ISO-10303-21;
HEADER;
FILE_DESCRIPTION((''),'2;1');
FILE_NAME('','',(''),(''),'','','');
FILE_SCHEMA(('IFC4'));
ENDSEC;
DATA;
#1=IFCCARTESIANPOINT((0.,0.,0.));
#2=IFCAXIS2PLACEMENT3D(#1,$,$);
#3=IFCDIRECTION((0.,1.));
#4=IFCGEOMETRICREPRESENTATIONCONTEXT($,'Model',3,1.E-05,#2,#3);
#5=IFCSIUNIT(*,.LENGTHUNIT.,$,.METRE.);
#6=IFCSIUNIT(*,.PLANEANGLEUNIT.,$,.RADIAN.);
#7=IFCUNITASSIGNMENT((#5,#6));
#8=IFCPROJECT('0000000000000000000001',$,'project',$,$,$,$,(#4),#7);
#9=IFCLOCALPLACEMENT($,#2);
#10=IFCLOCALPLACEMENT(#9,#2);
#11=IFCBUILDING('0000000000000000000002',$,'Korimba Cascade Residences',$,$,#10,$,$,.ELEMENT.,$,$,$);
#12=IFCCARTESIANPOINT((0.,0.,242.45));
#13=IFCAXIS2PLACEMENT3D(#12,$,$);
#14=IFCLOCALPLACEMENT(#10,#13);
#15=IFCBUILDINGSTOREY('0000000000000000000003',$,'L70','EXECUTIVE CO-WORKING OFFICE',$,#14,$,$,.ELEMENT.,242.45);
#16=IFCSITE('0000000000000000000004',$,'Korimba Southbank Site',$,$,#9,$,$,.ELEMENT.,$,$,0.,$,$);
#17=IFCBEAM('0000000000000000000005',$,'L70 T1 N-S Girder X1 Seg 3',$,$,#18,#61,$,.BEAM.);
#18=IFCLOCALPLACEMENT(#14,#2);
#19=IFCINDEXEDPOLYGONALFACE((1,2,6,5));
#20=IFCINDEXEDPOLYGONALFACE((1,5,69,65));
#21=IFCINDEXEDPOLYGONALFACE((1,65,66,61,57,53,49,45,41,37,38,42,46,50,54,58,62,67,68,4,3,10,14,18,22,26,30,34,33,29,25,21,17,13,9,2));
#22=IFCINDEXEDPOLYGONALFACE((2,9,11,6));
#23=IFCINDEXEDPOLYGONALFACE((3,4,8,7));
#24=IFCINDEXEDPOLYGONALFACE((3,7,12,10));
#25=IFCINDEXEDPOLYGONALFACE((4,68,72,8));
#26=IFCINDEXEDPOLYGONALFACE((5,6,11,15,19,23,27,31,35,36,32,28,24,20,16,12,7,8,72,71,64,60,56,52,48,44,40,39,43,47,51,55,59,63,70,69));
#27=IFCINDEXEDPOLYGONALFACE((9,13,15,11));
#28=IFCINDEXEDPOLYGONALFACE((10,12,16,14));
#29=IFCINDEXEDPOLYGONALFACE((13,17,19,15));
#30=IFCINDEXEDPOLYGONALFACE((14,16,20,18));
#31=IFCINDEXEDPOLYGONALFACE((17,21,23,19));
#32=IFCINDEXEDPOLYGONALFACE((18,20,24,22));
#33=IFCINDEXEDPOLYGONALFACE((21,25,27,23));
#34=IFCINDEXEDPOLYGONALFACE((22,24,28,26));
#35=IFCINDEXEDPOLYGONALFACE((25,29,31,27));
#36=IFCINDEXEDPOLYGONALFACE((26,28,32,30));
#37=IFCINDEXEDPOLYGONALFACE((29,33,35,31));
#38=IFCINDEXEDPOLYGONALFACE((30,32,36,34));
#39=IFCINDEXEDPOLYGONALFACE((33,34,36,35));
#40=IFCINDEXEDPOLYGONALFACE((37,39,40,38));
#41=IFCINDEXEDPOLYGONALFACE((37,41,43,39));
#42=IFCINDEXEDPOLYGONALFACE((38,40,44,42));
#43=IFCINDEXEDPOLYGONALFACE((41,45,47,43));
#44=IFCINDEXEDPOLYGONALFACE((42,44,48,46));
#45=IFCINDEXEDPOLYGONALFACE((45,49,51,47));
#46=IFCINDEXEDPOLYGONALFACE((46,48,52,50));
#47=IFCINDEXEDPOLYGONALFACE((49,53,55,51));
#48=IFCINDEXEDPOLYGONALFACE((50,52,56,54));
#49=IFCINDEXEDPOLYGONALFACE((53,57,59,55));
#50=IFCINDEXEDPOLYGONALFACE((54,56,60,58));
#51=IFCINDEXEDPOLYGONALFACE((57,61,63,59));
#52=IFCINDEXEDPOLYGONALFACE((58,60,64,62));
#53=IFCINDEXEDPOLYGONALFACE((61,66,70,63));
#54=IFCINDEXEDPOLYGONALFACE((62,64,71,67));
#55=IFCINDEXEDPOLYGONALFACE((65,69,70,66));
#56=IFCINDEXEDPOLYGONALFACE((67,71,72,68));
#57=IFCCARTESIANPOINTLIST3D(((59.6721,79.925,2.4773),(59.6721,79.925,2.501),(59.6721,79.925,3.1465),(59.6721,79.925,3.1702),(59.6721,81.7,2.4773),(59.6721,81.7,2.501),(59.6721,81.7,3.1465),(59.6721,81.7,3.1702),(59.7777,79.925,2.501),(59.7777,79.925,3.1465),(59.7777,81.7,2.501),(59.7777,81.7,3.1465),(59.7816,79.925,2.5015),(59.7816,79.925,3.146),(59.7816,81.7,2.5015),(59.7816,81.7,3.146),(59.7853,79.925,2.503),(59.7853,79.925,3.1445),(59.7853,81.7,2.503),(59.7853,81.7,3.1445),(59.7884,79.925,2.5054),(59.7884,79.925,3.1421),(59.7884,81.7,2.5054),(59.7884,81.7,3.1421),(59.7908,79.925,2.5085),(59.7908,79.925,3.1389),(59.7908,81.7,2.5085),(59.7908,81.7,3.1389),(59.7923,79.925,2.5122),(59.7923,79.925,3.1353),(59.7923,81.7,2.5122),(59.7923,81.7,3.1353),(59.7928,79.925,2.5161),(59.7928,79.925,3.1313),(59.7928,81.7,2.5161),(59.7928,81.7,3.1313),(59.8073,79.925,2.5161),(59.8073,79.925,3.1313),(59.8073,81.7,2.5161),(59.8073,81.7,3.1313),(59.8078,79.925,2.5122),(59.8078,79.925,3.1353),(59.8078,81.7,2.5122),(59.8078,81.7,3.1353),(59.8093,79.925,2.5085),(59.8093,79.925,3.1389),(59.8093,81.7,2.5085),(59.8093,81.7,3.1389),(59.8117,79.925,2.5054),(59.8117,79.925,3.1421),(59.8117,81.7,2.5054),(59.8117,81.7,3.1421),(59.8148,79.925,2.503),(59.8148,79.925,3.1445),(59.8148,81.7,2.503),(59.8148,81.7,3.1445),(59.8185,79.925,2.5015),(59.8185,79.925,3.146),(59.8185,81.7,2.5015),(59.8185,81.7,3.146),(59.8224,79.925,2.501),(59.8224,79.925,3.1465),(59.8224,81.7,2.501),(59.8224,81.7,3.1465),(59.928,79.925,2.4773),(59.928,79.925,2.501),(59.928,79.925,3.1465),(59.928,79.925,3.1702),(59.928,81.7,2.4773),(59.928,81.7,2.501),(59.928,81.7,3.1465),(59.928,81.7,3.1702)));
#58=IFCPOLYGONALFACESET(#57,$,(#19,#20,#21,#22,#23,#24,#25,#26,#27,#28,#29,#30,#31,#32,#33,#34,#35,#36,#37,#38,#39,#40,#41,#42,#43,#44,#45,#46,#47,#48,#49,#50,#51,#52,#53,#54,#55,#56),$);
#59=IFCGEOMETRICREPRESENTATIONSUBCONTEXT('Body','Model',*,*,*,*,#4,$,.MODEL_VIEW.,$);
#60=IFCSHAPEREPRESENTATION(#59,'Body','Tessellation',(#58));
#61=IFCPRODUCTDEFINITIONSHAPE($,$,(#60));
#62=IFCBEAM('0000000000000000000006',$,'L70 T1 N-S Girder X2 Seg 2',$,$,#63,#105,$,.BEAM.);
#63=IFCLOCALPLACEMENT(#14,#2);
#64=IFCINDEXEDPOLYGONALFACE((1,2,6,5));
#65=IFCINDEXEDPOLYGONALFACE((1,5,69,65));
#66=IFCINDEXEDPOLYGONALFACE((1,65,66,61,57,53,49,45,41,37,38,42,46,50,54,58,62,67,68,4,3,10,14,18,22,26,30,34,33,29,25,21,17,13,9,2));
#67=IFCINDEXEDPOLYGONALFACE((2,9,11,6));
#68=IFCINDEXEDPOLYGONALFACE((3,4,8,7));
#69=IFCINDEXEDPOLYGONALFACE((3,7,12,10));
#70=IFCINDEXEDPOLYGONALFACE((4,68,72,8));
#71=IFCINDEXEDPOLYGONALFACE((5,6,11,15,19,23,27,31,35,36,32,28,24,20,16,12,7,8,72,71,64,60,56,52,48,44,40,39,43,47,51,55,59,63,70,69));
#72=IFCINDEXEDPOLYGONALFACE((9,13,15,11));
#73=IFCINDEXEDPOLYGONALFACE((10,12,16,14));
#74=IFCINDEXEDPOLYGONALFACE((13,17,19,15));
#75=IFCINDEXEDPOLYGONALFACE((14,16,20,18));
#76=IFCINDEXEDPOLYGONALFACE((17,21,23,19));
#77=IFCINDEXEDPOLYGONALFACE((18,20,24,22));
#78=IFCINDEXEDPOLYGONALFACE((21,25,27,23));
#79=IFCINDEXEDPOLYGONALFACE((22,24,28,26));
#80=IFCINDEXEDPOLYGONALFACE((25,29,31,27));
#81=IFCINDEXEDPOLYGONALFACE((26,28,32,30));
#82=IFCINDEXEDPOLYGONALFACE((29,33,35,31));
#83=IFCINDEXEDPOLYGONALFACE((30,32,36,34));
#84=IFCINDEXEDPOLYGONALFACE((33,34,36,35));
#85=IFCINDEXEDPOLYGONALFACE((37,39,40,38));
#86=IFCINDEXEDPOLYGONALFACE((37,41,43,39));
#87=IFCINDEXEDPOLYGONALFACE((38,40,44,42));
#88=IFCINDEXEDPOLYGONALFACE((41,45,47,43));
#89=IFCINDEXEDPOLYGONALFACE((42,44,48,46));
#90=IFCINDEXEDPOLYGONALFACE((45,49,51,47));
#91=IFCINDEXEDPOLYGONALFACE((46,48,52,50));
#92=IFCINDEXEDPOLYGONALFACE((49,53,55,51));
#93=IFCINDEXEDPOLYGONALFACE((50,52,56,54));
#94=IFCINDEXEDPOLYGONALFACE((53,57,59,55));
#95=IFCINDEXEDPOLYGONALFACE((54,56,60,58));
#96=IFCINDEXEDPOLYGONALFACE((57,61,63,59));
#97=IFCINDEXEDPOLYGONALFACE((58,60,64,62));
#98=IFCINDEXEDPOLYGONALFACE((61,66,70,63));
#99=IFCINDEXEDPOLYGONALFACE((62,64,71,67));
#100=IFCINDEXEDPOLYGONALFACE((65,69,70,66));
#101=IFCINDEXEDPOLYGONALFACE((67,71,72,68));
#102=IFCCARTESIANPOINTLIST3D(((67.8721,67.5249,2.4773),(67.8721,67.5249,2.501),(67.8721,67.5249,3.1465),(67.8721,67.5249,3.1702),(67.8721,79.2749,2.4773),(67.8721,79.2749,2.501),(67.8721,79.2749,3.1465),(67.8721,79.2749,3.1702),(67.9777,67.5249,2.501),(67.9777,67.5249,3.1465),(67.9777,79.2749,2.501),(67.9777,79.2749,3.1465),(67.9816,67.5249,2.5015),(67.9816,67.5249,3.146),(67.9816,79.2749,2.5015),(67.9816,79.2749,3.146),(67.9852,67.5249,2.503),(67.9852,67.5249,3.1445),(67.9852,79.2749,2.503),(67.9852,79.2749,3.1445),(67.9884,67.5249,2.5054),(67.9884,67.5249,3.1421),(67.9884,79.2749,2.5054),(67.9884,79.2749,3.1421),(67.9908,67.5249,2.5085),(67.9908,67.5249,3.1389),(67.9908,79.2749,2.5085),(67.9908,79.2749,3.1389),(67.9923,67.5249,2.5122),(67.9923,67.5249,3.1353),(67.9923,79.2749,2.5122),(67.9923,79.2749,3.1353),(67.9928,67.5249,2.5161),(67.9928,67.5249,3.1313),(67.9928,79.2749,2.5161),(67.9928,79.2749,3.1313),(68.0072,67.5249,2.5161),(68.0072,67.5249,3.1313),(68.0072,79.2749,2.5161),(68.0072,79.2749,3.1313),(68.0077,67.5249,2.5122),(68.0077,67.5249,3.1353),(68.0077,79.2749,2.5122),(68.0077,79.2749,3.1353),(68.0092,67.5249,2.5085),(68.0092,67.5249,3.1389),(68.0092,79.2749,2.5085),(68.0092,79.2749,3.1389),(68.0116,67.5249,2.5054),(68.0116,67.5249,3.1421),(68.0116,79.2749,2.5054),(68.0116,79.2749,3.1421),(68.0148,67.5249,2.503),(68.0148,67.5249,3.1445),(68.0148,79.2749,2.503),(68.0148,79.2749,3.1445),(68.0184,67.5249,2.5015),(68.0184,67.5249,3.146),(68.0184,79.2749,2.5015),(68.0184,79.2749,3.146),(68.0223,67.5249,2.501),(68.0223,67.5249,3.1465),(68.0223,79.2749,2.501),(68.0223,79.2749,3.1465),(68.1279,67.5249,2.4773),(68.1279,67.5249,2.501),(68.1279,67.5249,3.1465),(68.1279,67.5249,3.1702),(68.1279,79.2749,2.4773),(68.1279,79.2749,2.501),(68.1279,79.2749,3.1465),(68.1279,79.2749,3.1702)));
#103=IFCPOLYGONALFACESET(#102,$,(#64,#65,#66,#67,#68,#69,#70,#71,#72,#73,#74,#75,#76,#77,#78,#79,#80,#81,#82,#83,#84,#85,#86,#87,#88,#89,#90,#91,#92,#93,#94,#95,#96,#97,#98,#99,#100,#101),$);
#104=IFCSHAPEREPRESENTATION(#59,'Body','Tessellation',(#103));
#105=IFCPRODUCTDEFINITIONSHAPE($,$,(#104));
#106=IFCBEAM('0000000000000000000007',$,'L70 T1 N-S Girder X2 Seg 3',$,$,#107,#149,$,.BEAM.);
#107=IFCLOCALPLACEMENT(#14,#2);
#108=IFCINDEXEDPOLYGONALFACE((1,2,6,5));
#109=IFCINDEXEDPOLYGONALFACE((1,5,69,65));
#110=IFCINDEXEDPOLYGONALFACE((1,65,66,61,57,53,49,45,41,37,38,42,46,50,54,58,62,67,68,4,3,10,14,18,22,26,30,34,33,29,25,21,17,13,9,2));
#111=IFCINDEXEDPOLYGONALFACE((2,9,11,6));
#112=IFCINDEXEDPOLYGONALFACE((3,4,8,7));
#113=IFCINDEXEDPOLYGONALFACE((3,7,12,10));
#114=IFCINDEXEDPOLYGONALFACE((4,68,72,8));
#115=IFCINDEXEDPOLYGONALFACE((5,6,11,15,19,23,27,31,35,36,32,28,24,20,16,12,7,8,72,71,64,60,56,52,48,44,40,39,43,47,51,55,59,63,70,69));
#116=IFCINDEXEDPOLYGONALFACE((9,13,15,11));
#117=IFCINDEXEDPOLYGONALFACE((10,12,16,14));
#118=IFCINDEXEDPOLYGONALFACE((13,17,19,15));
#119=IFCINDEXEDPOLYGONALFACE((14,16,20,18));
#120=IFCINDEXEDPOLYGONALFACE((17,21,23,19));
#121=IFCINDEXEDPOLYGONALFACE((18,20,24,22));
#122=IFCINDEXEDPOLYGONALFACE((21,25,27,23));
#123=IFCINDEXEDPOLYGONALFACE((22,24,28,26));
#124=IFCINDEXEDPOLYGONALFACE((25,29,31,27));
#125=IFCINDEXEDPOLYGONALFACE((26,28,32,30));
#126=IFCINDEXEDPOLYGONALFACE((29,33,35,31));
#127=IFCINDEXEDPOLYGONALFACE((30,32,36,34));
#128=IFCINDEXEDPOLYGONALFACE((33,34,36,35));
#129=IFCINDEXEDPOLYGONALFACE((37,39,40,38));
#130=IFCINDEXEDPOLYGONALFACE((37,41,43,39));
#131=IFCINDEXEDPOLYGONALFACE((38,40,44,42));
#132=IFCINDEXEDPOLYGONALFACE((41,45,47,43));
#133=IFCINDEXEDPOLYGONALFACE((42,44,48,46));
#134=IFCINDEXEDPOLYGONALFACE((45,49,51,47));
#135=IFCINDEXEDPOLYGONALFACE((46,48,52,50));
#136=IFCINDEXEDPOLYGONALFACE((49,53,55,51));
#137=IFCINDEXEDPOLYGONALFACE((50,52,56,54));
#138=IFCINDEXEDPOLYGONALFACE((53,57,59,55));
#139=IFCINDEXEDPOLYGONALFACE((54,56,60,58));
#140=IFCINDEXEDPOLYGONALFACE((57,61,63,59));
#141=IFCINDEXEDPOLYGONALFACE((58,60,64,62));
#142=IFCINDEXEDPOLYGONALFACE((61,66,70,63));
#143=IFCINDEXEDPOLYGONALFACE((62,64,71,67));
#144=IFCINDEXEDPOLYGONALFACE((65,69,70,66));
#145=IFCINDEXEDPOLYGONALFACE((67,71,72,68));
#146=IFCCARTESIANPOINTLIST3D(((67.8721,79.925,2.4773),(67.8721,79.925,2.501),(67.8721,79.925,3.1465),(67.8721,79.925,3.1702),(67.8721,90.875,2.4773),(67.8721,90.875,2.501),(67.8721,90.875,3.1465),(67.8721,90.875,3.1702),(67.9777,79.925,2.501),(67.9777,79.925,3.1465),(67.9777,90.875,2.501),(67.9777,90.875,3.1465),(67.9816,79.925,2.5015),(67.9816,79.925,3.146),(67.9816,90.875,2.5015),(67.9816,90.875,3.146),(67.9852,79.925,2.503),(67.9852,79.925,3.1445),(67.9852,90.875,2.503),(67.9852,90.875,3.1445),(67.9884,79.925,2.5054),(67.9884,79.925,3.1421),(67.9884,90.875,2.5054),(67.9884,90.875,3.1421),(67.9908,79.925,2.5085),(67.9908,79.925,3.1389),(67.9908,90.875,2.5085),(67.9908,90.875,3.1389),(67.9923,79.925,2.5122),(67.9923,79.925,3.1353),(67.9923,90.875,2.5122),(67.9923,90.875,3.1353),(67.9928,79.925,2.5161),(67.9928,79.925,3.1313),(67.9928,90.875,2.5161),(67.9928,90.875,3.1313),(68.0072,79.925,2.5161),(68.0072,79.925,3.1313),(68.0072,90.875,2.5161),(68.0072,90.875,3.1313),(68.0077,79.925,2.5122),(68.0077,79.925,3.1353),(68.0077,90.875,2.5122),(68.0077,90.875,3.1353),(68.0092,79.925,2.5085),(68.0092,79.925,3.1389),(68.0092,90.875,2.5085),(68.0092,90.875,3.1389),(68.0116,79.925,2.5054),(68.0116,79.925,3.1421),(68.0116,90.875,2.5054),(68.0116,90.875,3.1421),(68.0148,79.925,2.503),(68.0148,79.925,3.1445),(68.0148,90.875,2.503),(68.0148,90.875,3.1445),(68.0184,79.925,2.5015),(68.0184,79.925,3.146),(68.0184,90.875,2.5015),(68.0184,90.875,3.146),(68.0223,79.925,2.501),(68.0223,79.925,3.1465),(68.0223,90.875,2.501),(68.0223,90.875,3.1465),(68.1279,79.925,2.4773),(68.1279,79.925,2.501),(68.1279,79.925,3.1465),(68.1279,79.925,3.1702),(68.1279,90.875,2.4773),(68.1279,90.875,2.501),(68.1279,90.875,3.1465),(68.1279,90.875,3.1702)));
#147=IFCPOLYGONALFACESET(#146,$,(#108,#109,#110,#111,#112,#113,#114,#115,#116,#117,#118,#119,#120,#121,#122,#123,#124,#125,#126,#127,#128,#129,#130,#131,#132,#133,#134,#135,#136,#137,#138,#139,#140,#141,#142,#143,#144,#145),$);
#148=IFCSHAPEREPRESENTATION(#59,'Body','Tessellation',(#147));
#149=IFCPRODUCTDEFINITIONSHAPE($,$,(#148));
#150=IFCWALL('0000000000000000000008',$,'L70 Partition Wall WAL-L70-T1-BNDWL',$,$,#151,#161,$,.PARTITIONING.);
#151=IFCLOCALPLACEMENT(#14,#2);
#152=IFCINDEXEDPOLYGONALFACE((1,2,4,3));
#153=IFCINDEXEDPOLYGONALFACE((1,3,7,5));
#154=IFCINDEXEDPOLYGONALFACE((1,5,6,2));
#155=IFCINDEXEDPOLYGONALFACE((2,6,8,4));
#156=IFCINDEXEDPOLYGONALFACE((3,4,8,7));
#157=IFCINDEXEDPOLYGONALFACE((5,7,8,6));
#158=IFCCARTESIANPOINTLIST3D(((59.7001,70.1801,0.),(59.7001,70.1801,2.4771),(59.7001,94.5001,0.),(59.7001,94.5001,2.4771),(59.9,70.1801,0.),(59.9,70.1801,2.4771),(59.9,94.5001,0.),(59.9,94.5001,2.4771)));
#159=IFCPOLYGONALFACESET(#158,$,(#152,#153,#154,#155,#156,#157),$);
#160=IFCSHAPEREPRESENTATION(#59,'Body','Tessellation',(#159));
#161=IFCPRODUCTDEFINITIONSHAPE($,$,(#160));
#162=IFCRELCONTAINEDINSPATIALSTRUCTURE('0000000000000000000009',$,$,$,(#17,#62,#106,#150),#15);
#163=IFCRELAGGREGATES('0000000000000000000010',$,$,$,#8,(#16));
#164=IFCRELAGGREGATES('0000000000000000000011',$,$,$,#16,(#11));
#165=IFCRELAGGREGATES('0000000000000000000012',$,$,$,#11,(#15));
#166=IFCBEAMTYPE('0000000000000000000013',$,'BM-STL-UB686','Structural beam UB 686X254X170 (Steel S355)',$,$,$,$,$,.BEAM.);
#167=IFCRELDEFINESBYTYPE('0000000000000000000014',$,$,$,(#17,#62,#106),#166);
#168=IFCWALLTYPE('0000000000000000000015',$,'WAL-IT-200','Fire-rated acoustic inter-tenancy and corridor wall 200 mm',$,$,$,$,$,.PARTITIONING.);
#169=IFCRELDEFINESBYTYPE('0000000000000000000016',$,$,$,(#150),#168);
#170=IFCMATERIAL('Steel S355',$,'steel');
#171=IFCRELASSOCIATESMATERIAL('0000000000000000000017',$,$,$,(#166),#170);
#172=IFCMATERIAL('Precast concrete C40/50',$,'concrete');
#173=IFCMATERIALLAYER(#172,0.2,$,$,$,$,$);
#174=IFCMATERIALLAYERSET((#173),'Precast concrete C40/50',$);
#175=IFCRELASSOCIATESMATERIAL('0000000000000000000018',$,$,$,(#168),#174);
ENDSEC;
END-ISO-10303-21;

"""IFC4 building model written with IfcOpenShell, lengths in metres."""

from ifc_helpers import new_model, si_unit, direction, frame, frame_2d, origin, origin_2d, place, context, subcontext, project, spatial, rectangle, i_section, extrude, material, layer, layer_set, material_profile, profile_set, type_object, element, save


model = new_model("IFC4")

# Units and contexts
model_context = context("Model", 3, precision=1e-05, world=origin(), true_north=direction((0.0, 1.0)))
body_context = subcontext(model_context, "Body", "Model", "MODEL_VIEW")
ifc_project = project(units=[si_unit("LENGTHUNIT", "METRE"), si_unit("PLANEANGLEUNIT", "RADIAN")], contexts=[model_context])

# Site, building, storey
site_placement = place(None, origin())
site = spatial("IfcSite", under=ifc_project, at=site_placement, Name="Korimba Southbank Site", CompositionType="ELEMENT", RefElevation=0.0)
building_placement = place(site_placement, origin())
building = spatial("IfcBuilding", under=site, at=building_placement, Name="Korimba Cascade Residences", CompositionType="ELEMENT")
storey_placement = place(building_placement, frame((0.0, 0.0, 242.45)))
storey = spatial("IfcBuildingStorey", under=building, at=storey_placement, Name="L70", Description="EXECUTIVE CO-WORKING OFFICE", CompositionType="ELEMENT", Elevation=242.45)

# Beams
ifc_material_1 = material(Name="Steel S355", Category="steel")
ifc_material_profile_1 = material_profile(ifc_material_1, i_section(OverallWidth=0.2559, OverallDepth=0.6929, WebThickness=0.0144, FlangeThickness=0.0237, FilletRadius=0.0151, at=origin_2d()), Name="Steel S355")
ifc_profile_set_1 = profile_set([ifc_material_profile_1], Name="Steel S355")
beam_type_1 = type_object("IfcBeamType", Name="BM-STL-UB686", Description="Structural beam UB 686X254X170 (Steel S355)", PredefinedType="BEAM", material=ifc_profile_set_1)
beam_1_placement = place(storey_placement, frame((59.8, 79.925, 2.8237), z_axis=(0.0, 1.0, 0.0), x_axis=(-1.0, 0.0, 0.0)))
element("IfcBeam", 1, at=beam_1_placement, inside=storey, type_object=beam_type_1, Name="L70 T1 N-S Girder X1 Seg 3", PredefinedType="BEAM", context=body_context, shape_type="SweptSolid", body=[
    extrude(i_section(OverallWidth=0.2559, OverallDepth=0.6929, WebThickness=0.0144, FlangeThickness=0.0237, FilletRadius=0.0151, at=origin_2d()), origin(), (0.0, 0.0, 1.0), 1.7749),
])
beam_2_placement = place(storey_placement, frame((68.0, 67.5249, 2.8237), z_axis=(0.0, 1.0, 0.0), x_axis=(-1.0, 0.0, 0.0)))
element("IfcBeam", 2, at=beam_2_placement, inside=storey, type_object=beam_type_1, Name="L70 T1 N-S Girder X2 Seg 2", PredefinedType="BEAM", context=body_context, shape_type="SweptSolid", body=[
    extrude(i_section(OverallWidth=0.2559, OverallDepth=0.6929, WebThickness=0.0144, FlangeThickness=0.0237, FilletRadius=0.0151, at=origin_2d()), origin(), (0.0, 0.0, 1.0), 11.75),
])
beam_3_placement = place(storey_placement, frame((68.0, 79.925, 2.8237), z_axis=(0.0, 1.0, 0.0), x_axis=(-1.0, 0.0, 0.0)))
element("IfcBeam", 3, at=beam_3_placement, inside=storey, type_object=beam_type_1, Name="L70 T1 N-S Girder X2 Seg 3", PredefinedType="BEAM", context=body_context, shape_type="SweptSolid", body=[
    extrude(i_section(OverallWidth=0.2559, OverallDepth=0.6929, WebThickness=0.0144, FlangeThickness=0.0237, FilletRadius=0.0151, at=origin_2d()), origin(), (0.0, 0.0, 1.0), 10.95),
])

# Wall
ifc_material_2 = material(Name="Precast concrete C40/50", Category="concrete")
ifc_layer_1 = layer(ifc_material_2, 0.2)
ifc_layer_set_1 = layer_set([ifc_layer_1], Name="Precast concrete C40/50")
wall_type_1 = type_object("IfcWallType", Name="WAL-IT-200", Description="Fire-rated acoustic inter-tenancy and corridor wall 200 mm", PredefinedType="PARTITIONING", material=ifc_layer_set_1)
wall_1_placement = place(storey_placement, frame((59.8, 70.1799, 0.0), z_axis=(0.0, 0.0, 1.0), x_axis=(0.0, 1.0, 0.0)))
element("IfcWall", 4, at=wall_1_placement, inside=storey, type_object=wall_type_1, Name="L70 Partition Wall WAL-L70-T1-BNDWL", PredefinedType="PARTITIONING", context=body_context, shape_type="SweptSolid", body=[
    extrude(rectangle(XDim=24.3201, YDim=0.2, at=frame_2d((12.1602, 0.0))), origin(), (0.0, 0.0, 1.0), 2.4771),
])

save(model, "model.ifc")
